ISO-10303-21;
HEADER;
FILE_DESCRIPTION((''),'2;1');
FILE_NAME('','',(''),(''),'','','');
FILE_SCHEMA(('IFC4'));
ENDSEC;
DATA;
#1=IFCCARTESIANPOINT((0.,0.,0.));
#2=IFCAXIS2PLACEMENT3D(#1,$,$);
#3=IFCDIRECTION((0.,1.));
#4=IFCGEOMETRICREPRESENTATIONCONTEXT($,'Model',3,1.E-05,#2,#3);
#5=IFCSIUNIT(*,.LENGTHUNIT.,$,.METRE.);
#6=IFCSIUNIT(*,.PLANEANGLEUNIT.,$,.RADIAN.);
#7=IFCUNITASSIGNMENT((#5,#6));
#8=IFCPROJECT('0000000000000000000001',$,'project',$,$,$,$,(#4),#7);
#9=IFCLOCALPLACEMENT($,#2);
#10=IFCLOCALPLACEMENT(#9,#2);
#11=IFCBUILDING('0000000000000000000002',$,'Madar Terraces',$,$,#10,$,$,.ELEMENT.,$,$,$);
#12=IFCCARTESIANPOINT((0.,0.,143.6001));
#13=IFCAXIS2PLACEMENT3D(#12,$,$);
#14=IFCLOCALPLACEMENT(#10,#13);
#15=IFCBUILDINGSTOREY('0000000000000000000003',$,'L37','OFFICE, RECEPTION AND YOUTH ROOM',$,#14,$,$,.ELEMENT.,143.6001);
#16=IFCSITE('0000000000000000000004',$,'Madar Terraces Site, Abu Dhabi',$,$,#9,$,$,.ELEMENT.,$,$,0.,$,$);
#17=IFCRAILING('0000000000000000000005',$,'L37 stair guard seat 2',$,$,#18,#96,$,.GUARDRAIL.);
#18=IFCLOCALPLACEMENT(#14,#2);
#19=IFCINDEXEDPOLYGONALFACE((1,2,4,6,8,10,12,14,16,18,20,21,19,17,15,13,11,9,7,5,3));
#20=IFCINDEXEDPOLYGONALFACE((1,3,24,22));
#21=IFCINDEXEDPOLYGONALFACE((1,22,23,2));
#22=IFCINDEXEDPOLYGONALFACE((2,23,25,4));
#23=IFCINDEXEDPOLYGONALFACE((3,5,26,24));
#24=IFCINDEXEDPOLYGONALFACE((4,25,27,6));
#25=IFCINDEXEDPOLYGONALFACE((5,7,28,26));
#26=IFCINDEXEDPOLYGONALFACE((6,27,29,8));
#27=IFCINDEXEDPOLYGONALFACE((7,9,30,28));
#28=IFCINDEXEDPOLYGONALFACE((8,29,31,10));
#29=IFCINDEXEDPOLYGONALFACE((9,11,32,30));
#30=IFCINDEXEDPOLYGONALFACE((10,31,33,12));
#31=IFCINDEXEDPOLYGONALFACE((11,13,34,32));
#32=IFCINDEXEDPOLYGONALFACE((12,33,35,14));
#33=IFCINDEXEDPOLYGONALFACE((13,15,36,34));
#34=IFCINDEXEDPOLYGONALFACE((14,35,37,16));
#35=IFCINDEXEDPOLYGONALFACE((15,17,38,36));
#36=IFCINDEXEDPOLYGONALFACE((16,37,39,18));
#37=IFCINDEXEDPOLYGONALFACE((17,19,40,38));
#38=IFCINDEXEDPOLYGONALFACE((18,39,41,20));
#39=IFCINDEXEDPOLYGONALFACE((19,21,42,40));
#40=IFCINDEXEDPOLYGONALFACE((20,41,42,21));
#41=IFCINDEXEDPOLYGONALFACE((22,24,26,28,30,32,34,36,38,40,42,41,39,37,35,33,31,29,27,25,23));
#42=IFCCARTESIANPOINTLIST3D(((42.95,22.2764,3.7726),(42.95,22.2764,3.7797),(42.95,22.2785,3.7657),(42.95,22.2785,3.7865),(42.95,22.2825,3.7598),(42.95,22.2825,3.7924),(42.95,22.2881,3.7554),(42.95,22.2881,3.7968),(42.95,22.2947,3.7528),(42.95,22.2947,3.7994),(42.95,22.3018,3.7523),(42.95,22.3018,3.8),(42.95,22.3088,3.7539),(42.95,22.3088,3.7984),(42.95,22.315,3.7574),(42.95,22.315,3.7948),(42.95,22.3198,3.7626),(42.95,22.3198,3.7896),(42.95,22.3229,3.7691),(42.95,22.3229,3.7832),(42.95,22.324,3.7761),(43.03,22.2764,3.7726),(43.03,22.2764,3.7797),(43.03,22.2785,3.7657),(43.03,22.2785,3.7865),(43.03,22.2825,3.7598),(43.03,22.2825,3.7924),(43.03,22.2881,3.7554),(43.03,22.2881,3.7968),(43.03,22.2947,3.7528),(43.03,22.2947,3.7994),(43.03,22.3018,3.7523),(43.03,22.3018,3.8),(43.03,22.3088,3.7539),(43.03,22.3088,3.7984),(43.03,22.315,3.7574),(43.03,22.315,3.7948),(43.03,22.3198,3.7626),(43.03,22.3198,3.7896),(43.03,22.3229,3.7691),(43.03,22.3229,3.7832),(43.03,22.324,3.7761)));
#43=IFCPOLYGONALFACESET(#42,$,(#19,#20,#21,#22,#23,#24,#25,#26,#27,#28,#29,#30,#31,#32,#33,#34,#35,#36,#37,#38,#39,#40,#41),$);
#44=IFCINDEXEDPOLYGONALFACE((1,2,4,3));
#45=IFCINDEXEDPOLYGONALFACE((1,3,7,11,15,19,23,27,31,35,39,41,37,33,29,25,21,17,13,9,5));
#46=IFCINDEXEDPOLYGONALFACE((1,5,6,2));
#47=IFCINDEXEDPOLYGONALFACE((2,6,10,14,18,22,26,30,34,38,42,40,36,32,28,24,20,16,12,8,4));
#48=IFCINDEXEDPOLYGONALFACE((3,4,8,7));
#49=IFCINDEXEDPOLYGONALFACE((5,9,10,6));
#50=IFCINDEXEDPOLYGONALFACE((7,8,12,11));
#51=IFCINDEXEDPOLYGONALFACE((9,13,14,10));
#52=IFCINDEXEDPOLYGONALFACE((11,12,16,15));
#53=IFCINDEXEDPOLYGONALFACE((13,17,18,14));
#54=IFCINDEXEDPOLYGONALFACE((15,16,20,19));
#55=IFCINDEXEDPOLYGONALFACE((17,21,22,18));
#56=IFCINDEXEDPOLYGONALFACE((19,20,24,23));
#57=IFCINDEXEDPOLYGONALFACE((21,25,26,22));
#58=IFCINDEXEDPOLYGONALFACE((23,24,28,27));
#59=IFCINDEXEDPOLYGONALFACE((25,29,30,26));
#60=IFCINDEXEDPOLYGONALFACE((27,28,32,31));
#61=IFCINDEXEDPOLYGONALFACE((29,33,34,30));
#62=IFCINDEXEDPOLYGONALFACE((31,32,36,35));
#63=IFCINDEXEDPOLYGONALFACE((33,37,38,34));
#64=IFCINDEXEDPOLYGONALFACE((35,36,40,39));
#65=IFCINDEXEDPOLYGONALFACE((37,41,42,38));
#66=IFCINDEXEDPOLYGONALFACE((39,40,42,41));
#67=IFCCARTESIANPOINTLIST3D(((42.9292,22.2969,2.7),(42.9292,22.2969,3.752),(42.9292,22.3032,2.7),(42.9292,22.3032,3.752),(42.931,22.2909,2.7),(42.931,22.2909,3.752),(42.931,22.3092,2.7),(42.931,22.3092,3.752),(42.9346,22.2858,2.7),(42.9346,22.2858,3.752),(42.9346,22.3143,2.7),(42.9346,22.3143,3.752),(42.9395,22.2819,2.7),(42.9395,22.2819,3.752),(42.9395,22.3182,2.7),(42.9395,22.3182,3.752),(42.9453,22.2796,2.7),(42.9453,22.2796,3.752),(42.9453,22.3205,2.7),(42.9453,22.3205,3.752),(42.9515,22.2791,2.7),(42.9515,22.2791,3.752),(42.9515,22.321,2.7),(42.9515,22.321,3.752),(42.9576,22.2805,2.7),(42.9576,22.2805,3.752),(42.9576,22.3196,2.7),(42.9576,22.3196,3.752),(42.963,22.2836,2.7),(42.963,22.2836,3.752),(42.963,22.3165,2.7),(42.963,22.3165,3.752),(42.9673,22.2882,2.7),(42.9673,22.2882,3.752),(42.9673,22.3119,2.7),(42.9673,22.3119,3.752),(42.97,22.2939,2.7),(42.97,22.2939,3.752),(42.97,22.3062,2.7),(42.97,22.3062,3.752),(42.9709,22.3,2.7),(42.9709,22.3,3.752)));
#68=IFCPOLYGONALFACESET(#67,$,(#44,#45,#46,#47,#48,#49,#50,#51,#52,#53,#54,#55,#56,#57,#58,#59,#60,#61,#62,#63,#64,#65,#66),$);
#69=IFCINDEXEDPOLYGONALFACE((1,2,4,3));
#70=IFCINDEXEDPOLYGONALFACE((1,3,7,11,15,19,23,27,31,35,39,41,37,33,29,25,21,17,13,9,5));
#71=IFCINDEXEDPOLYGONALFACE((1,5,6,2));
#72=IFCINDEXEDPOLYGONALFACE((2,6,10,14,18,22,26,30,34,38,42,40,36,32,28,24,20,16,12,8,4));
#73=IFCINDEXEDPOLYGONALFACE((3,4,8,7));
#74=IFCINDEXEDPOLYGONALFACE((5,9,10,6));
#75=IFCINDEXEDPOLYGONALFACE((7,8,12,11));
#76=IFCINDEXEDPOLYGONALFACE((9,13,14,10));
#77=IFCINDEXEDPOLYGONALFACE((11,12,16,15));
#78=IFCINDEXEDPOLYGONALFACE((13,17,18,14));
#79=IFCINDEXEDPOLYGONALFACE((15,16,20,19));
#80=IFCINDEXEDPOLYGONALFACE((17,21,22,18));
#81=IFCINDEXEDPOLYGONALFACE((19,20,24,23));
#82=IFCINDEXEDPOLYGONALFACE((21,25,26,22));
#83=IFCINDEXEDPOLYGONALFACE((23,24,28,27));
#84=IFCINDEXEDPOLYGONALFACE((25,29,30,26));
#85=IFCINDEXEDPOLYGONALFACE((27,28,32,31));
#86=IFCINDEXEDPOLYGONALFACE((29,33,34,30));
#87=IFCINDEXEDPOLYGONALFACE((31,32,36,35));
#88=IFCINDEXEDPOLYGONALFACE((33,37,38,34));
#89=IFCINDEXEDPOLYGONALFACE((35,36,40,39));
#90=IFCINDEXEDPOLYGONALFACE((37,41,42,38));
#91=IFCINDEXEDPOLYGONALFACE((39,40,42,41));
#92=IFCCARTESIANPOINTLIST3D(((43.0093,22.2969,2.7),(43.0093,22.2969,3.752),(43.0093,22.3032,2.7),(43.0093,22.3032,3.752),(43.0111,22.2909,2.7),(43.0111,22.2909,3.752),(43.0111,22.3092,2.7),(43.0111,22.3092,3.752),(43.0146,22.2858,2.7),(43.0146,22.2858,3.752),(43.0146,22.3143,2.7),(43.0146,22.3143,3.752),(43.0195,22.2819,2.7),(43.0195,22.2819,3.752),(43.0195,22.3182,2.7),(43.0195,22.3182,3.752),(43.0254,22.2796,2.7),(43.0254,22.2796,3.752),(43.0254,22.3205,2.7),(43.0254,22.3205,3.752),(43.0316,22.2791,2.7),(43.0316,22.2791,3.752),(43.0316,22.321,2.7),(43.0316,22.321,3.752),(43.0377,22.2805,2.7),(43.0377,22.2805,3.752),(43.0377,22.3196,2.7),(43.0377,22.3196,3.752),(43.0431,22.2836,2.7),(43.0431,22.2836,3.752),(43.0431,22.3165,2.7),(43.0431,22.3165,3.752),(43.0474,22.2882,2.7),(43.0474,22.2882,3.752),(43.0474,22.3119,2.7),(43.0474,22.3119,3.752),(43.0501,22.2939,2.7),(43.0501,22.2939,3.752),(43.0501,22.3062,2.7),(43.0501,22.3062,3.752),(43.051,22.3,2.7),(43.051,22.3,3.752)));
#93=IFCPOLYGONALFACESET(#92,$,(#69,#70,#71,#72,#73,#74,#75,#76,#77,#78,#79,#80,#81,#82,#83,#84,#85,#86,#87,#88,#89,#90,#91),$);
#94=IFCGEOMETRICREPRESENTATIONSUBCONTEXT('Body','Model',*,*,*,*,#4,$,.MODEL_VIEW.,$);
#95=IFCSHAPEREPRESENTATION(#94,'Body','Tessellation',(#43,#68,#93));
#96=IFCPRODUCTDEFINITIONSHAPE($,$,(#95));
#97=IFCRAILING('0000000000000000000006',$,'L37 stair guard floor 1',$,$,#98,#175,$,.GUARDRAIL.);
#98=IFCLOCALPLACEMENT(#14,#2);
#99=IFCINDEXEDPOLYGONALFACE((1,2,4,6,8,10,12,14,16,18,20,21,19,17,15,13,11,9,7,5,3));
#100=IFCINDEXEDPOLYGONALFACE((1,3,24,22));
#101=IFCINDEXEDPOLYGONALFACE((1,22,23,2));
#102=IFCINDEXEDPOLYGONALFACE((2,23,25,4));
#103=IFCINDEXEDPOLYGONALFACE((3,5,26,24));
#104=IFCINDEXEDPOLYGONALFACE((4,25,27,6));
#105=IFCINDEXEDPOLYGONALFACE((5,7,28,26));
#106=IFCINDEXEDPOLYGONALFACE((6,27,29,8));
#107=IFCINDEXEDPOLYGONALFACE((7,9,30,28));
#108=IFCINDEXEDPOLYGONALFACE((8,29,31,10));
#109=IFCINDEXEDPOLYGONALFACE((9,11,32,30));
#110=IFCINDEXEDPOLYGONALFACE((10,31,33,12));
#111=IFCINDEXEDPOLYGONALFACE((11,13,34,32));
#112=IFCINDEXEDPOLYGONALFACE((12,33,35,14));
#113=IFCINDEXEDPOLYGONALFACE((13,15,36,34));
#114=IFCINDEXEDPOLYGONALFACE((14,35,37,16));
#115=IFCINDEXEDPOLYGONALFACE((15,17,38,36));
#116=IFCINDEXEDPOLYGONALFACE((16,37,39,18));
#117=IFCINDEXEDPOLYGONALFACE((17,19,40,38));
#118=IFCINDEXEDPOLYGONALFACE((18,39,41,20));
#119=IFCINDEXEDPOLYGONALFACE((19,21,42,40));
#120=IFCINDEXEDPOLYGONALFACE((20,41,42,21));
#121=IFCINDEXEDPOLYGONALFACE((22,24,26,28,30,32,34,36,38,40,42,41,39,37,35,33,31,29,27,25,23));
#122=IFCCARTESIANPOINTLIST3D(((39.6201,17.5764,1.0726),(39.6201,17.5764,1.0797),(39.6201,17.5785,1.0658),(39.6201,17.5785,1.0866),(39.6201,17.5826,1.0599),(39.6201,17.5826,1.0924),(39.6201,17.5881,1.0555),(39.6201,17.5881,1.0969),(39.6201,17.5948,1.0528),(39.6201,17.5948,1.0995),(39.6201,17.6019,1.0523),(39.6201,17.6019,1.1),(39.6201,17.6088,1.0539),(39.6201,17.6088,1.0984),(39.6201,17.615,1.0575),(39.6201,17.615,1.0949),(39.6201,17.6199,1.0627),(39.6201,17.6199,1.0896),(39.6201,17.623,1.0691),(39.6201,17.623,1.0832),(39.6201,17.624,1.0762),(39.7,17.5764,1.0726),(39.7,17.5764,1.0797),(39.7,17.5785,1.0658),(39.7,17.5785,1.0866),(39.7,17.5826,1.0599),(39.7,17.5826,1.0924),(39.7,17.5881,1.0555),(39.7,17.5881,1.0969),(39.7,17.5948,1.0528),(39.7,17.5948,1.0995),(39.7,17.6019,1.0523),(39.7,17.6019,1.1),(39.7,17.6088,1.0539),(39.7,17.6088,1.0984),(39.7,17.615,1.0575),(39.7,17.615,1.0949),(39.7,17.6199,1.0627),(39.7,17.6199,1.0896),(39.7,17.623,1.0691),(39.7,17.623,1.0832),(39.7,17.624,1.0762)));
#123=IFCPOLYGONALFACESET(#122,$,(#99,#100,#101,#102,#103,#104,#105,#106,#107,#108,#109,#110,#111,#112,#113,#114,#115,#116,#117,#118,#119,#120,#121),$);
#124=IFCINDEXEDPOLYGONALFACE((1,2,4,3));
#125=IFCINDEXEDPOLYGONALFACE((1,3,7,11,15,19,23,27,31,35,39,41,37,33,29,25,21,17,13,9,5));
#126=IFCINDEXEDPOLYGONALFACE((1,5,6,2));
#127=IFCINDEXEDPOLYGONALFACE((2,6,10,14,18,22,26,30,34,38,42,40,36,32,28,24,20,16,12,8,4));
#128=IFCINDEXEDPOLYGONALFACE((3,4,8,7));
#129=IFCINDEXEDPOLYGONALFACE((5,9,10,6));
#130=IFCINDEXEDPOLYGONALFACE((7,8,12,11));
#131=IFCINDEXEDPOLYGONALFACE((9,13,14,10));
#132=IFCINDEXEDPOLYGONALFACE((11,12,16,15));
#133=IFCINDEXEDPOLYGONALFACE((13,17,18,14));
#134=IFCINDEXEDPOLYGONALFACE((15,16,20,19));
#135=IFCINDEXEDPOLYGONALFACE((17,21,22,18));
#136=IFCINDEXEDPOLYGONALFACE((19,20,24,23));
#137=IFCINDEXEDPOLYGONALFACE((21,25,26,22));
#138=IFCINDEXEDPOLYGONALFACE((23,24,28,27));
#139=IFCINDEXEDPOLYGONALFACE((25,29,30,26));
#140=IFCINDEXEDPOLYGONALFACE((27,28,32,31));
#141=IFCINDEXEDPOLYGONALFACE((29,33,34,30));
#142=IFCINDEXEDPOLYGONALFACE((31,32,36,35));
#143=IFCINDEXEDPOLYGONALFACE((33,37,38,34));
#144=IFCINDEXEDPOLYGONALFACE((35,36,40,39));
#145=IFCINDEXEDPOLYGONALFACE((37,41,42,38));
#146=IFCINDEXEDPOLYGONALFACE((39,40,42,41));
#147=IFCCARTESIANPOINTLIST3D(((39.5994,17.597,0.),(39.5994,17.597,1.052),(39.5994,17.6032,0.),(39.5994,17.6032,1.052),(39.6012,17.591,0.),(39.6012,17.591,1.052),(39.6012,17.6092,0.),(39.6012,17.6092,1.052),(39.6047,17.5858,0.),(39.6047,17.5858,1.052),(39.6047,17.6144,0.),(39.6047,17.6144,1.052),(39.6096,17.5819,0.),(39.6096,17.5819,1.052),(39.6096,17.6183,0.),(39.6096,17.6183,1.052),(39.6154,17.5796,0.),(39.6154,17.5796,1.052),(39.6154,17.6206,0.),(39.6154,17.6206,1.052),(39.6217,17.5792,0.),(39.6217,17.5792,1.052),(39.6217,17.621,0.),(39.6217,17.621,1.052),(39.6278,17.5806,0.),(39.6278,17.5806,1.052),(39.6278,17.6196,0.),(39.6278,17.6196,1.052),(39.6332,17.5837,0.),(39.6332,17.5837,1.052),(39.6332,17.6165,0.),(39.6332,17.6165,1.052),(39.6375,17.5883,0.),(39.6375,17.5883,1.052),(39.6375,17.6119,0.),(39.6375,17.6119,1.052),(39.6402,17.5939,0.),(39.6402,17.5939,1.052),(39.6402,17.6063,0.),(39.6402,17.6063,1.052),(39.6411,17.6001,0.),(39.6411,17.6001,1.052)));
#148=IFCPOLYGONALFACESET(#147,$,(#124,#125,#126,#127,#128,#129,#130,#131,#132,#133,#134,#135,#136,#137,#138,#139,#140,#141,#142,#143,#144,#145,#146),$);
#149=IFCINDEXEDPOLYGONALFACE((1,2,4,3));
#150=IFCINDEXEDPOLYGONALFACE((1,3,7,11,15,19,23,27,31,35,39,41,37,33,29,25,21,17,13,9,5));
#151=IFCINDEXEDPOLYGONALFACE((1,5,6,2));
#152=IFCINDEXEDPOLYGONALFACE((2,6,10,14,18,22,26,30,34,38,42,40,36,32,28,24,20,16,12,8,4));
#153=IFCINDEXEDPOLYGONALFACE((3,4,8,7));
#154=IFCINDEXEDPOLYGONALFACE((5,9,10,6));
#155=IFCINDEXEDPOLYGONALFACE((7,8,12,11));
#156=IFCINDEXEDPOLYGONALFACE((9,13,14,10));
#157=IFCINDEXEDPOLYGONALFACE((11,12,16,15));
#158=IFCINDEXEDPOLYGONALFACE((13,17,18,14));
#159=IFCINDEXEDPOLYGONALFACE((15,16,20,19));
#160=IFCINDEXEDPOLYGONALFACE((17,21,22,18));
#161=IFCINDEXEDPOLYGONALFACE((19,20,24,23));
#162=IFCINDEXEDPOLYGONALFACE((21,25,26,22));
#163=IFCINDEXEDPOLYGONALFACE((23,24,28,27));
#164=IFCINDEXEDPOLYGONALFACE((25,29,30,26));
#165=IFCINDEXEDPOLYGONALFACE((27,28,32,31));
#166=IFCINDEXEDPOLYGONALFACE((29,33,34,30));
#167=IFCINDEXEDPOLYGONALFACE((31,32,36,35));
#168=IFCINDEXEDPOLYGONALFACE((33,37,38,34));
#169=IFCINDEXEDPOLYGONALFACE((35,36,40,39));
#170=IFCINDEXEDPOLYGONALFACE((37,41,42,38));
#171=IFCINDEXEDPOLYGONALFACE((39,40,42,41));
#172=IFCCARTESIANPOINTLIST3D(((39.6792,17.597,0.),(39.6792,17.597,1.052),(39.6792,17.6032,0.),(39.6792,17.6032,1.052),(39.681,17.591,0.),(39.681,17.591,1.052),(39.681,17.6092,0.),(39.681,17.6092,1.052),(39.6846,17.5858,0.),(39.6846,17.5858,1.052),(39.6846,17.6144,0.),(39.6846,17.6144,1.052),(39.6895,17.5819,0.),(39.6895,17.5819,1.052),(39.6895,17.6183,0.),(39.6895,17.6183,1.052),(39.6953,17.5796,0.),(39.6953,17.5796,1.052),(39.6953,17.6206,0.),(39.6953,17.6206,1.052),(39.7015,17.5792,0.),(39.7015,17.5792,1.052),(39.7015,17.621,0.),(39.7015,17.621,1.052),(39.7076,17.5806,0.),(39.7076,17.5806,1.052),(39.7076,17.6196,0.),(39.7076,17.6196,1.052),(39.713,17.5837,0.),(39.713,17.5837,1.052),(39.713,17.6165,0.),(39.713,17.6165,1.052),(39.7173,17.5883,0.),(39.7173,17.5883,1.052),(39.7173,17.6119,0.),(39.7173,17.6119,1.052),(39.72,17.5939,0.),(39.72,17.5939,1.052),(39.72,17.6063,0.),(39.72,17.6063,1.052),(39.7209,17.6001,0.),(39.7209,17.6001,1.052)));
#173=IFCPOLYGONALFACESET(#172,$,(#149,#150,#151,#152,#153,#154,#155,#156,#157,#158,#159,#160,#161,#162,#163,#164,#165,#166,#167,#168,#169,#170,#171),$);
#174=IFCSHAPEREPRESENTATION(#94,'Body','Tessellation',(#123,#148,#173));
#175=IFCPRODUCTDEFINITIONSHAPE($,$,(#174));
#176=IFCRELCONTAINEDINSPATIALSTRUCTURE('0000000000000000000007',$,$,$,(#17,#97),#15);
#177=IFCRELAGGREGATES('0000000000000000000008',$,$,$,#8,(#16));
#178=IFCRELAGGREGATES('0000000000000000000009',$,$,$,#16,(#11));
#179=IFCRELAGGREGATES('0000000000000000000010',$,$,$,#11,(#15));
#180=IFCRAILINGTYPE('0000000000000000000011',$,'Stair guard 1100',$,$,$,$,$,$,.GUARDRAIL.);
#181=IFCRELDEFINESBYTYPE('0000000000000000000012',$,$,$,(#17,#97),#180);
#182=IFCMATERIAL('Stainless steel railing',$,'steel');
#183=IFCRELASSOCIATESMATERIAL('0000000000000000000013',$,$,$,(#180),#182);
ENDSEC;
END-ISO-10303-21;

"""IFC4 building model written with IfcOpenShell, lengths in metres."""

from ifc_helpers import new_model, si_unit, direction, frame, origin, origin_2d, place, context, subcontext, project, spatial, circle, extrude, material, type_object, element, save


model = new_model("IFC4")

# Units and contexts
model_context = context("Model", 3, precision=1e-05, world=origin(), true_north=direction((0.0, 1.0)))
body_context = subcontext(model_context, "Body", "Model", "MODEL_VIEW")
ifc_project = project(units=[si_unit("LENGTHUNIT", "METRE"), si_unit("PLANEANGLEUNIT", "RADIAN")], contexts=[model_context])

# Site, building, storey
site_placement = place(None, origin())
site = spatial("IfcSite", under=ifc_project, at=site_placement, Name="Madar Terraces Site, Abu Dhabi", CompositionType="ELEMENT", RefElevation=0.0)
building_placement = place(site_placement, origin())
building = spatial("IfcBuilding", under=site, at=building_placement, Name="Madar Terraces", CompositionType="ELEMENT")
storey_placement = place(building_placement, frame((0.0, 0.0, 143.6001)))
storey = spatial("IfcBuildingStorey", under=building, at=storey_placement, Name="L37", Description="OFFICE, RECEPTION AND YOUTH ROOM", CompositionType="ELEMENT", Elevation=143.6001)

# Railings
ifc_material_1 = material(Name="Stainless steel railing", Category="steel")
railing_type_1 = type_object("IfcRailingType", Name="Stair guard 1100", PredefinedType="GUARDRAIL", material=ifc_material_1)
railing_1_placement = place(storey_placement, frame((42.95, 22.3, 2.7)))
element("IfcRailing", 1, at=railing_1_placement, inside=storey, type_object=railing_type_1, Name="L37 stair guard seat 2", PredefinedType="GUARDRAIL", context=body_context, shape_type="SweptSolid", body=[
    extrude(circle(Radius=0.0239, at=origin_2d()), frame((0.0, 0.0, 1.0762), z_axis=(1.0, 0.0, 0.0), x_axis=(0.0, 1.0, 0.0)), (0.0, 0.0, 1.0), 0.0801),
    extrude(circle(Radius=0.021, at=origin_2d()), origin(), (0.0, 0.0, 1.0), 1.052),
    extrude(circle(Radius=0.021, at=origin_2d()), frame((0.0801, 0.0, 0.0)), (0.0, 0.0, 1.0), 1.052),
])
railing_2_placement = place(storey_placement, frame((39.6201, 17.6001, 0.0)))
element("IfcRailing", 2, at=railing_2_placement, inside=storey, type_object=railing_type_1, Name="L37 stair guard floor 1", PredefinedType="GUARDRAIL", context=body_context, shape_type="SweptSolid", body=[
    extrude(circle(Radius=0.0239, at=origin_2d()), frame((0.0, 0.0, 1.0762), z_axis=(1.0, 0.0, 0.0), x_axis=(0.0, 1.0, 0.0)), (0.0, 0.0, 1.0), 0.0798),
    extrude(circle(Radius=0.021, at=origin_2d()), origin(), (0.0, 0.0, 1.0), 1.052),
    extrude(circle(Radius=0.021, at=origin_2d()), frame((0.0798, 0.0, 0.0)), (0.0, 0.0, 1.0), 1.052),
])

save(model, "model.ifc")
